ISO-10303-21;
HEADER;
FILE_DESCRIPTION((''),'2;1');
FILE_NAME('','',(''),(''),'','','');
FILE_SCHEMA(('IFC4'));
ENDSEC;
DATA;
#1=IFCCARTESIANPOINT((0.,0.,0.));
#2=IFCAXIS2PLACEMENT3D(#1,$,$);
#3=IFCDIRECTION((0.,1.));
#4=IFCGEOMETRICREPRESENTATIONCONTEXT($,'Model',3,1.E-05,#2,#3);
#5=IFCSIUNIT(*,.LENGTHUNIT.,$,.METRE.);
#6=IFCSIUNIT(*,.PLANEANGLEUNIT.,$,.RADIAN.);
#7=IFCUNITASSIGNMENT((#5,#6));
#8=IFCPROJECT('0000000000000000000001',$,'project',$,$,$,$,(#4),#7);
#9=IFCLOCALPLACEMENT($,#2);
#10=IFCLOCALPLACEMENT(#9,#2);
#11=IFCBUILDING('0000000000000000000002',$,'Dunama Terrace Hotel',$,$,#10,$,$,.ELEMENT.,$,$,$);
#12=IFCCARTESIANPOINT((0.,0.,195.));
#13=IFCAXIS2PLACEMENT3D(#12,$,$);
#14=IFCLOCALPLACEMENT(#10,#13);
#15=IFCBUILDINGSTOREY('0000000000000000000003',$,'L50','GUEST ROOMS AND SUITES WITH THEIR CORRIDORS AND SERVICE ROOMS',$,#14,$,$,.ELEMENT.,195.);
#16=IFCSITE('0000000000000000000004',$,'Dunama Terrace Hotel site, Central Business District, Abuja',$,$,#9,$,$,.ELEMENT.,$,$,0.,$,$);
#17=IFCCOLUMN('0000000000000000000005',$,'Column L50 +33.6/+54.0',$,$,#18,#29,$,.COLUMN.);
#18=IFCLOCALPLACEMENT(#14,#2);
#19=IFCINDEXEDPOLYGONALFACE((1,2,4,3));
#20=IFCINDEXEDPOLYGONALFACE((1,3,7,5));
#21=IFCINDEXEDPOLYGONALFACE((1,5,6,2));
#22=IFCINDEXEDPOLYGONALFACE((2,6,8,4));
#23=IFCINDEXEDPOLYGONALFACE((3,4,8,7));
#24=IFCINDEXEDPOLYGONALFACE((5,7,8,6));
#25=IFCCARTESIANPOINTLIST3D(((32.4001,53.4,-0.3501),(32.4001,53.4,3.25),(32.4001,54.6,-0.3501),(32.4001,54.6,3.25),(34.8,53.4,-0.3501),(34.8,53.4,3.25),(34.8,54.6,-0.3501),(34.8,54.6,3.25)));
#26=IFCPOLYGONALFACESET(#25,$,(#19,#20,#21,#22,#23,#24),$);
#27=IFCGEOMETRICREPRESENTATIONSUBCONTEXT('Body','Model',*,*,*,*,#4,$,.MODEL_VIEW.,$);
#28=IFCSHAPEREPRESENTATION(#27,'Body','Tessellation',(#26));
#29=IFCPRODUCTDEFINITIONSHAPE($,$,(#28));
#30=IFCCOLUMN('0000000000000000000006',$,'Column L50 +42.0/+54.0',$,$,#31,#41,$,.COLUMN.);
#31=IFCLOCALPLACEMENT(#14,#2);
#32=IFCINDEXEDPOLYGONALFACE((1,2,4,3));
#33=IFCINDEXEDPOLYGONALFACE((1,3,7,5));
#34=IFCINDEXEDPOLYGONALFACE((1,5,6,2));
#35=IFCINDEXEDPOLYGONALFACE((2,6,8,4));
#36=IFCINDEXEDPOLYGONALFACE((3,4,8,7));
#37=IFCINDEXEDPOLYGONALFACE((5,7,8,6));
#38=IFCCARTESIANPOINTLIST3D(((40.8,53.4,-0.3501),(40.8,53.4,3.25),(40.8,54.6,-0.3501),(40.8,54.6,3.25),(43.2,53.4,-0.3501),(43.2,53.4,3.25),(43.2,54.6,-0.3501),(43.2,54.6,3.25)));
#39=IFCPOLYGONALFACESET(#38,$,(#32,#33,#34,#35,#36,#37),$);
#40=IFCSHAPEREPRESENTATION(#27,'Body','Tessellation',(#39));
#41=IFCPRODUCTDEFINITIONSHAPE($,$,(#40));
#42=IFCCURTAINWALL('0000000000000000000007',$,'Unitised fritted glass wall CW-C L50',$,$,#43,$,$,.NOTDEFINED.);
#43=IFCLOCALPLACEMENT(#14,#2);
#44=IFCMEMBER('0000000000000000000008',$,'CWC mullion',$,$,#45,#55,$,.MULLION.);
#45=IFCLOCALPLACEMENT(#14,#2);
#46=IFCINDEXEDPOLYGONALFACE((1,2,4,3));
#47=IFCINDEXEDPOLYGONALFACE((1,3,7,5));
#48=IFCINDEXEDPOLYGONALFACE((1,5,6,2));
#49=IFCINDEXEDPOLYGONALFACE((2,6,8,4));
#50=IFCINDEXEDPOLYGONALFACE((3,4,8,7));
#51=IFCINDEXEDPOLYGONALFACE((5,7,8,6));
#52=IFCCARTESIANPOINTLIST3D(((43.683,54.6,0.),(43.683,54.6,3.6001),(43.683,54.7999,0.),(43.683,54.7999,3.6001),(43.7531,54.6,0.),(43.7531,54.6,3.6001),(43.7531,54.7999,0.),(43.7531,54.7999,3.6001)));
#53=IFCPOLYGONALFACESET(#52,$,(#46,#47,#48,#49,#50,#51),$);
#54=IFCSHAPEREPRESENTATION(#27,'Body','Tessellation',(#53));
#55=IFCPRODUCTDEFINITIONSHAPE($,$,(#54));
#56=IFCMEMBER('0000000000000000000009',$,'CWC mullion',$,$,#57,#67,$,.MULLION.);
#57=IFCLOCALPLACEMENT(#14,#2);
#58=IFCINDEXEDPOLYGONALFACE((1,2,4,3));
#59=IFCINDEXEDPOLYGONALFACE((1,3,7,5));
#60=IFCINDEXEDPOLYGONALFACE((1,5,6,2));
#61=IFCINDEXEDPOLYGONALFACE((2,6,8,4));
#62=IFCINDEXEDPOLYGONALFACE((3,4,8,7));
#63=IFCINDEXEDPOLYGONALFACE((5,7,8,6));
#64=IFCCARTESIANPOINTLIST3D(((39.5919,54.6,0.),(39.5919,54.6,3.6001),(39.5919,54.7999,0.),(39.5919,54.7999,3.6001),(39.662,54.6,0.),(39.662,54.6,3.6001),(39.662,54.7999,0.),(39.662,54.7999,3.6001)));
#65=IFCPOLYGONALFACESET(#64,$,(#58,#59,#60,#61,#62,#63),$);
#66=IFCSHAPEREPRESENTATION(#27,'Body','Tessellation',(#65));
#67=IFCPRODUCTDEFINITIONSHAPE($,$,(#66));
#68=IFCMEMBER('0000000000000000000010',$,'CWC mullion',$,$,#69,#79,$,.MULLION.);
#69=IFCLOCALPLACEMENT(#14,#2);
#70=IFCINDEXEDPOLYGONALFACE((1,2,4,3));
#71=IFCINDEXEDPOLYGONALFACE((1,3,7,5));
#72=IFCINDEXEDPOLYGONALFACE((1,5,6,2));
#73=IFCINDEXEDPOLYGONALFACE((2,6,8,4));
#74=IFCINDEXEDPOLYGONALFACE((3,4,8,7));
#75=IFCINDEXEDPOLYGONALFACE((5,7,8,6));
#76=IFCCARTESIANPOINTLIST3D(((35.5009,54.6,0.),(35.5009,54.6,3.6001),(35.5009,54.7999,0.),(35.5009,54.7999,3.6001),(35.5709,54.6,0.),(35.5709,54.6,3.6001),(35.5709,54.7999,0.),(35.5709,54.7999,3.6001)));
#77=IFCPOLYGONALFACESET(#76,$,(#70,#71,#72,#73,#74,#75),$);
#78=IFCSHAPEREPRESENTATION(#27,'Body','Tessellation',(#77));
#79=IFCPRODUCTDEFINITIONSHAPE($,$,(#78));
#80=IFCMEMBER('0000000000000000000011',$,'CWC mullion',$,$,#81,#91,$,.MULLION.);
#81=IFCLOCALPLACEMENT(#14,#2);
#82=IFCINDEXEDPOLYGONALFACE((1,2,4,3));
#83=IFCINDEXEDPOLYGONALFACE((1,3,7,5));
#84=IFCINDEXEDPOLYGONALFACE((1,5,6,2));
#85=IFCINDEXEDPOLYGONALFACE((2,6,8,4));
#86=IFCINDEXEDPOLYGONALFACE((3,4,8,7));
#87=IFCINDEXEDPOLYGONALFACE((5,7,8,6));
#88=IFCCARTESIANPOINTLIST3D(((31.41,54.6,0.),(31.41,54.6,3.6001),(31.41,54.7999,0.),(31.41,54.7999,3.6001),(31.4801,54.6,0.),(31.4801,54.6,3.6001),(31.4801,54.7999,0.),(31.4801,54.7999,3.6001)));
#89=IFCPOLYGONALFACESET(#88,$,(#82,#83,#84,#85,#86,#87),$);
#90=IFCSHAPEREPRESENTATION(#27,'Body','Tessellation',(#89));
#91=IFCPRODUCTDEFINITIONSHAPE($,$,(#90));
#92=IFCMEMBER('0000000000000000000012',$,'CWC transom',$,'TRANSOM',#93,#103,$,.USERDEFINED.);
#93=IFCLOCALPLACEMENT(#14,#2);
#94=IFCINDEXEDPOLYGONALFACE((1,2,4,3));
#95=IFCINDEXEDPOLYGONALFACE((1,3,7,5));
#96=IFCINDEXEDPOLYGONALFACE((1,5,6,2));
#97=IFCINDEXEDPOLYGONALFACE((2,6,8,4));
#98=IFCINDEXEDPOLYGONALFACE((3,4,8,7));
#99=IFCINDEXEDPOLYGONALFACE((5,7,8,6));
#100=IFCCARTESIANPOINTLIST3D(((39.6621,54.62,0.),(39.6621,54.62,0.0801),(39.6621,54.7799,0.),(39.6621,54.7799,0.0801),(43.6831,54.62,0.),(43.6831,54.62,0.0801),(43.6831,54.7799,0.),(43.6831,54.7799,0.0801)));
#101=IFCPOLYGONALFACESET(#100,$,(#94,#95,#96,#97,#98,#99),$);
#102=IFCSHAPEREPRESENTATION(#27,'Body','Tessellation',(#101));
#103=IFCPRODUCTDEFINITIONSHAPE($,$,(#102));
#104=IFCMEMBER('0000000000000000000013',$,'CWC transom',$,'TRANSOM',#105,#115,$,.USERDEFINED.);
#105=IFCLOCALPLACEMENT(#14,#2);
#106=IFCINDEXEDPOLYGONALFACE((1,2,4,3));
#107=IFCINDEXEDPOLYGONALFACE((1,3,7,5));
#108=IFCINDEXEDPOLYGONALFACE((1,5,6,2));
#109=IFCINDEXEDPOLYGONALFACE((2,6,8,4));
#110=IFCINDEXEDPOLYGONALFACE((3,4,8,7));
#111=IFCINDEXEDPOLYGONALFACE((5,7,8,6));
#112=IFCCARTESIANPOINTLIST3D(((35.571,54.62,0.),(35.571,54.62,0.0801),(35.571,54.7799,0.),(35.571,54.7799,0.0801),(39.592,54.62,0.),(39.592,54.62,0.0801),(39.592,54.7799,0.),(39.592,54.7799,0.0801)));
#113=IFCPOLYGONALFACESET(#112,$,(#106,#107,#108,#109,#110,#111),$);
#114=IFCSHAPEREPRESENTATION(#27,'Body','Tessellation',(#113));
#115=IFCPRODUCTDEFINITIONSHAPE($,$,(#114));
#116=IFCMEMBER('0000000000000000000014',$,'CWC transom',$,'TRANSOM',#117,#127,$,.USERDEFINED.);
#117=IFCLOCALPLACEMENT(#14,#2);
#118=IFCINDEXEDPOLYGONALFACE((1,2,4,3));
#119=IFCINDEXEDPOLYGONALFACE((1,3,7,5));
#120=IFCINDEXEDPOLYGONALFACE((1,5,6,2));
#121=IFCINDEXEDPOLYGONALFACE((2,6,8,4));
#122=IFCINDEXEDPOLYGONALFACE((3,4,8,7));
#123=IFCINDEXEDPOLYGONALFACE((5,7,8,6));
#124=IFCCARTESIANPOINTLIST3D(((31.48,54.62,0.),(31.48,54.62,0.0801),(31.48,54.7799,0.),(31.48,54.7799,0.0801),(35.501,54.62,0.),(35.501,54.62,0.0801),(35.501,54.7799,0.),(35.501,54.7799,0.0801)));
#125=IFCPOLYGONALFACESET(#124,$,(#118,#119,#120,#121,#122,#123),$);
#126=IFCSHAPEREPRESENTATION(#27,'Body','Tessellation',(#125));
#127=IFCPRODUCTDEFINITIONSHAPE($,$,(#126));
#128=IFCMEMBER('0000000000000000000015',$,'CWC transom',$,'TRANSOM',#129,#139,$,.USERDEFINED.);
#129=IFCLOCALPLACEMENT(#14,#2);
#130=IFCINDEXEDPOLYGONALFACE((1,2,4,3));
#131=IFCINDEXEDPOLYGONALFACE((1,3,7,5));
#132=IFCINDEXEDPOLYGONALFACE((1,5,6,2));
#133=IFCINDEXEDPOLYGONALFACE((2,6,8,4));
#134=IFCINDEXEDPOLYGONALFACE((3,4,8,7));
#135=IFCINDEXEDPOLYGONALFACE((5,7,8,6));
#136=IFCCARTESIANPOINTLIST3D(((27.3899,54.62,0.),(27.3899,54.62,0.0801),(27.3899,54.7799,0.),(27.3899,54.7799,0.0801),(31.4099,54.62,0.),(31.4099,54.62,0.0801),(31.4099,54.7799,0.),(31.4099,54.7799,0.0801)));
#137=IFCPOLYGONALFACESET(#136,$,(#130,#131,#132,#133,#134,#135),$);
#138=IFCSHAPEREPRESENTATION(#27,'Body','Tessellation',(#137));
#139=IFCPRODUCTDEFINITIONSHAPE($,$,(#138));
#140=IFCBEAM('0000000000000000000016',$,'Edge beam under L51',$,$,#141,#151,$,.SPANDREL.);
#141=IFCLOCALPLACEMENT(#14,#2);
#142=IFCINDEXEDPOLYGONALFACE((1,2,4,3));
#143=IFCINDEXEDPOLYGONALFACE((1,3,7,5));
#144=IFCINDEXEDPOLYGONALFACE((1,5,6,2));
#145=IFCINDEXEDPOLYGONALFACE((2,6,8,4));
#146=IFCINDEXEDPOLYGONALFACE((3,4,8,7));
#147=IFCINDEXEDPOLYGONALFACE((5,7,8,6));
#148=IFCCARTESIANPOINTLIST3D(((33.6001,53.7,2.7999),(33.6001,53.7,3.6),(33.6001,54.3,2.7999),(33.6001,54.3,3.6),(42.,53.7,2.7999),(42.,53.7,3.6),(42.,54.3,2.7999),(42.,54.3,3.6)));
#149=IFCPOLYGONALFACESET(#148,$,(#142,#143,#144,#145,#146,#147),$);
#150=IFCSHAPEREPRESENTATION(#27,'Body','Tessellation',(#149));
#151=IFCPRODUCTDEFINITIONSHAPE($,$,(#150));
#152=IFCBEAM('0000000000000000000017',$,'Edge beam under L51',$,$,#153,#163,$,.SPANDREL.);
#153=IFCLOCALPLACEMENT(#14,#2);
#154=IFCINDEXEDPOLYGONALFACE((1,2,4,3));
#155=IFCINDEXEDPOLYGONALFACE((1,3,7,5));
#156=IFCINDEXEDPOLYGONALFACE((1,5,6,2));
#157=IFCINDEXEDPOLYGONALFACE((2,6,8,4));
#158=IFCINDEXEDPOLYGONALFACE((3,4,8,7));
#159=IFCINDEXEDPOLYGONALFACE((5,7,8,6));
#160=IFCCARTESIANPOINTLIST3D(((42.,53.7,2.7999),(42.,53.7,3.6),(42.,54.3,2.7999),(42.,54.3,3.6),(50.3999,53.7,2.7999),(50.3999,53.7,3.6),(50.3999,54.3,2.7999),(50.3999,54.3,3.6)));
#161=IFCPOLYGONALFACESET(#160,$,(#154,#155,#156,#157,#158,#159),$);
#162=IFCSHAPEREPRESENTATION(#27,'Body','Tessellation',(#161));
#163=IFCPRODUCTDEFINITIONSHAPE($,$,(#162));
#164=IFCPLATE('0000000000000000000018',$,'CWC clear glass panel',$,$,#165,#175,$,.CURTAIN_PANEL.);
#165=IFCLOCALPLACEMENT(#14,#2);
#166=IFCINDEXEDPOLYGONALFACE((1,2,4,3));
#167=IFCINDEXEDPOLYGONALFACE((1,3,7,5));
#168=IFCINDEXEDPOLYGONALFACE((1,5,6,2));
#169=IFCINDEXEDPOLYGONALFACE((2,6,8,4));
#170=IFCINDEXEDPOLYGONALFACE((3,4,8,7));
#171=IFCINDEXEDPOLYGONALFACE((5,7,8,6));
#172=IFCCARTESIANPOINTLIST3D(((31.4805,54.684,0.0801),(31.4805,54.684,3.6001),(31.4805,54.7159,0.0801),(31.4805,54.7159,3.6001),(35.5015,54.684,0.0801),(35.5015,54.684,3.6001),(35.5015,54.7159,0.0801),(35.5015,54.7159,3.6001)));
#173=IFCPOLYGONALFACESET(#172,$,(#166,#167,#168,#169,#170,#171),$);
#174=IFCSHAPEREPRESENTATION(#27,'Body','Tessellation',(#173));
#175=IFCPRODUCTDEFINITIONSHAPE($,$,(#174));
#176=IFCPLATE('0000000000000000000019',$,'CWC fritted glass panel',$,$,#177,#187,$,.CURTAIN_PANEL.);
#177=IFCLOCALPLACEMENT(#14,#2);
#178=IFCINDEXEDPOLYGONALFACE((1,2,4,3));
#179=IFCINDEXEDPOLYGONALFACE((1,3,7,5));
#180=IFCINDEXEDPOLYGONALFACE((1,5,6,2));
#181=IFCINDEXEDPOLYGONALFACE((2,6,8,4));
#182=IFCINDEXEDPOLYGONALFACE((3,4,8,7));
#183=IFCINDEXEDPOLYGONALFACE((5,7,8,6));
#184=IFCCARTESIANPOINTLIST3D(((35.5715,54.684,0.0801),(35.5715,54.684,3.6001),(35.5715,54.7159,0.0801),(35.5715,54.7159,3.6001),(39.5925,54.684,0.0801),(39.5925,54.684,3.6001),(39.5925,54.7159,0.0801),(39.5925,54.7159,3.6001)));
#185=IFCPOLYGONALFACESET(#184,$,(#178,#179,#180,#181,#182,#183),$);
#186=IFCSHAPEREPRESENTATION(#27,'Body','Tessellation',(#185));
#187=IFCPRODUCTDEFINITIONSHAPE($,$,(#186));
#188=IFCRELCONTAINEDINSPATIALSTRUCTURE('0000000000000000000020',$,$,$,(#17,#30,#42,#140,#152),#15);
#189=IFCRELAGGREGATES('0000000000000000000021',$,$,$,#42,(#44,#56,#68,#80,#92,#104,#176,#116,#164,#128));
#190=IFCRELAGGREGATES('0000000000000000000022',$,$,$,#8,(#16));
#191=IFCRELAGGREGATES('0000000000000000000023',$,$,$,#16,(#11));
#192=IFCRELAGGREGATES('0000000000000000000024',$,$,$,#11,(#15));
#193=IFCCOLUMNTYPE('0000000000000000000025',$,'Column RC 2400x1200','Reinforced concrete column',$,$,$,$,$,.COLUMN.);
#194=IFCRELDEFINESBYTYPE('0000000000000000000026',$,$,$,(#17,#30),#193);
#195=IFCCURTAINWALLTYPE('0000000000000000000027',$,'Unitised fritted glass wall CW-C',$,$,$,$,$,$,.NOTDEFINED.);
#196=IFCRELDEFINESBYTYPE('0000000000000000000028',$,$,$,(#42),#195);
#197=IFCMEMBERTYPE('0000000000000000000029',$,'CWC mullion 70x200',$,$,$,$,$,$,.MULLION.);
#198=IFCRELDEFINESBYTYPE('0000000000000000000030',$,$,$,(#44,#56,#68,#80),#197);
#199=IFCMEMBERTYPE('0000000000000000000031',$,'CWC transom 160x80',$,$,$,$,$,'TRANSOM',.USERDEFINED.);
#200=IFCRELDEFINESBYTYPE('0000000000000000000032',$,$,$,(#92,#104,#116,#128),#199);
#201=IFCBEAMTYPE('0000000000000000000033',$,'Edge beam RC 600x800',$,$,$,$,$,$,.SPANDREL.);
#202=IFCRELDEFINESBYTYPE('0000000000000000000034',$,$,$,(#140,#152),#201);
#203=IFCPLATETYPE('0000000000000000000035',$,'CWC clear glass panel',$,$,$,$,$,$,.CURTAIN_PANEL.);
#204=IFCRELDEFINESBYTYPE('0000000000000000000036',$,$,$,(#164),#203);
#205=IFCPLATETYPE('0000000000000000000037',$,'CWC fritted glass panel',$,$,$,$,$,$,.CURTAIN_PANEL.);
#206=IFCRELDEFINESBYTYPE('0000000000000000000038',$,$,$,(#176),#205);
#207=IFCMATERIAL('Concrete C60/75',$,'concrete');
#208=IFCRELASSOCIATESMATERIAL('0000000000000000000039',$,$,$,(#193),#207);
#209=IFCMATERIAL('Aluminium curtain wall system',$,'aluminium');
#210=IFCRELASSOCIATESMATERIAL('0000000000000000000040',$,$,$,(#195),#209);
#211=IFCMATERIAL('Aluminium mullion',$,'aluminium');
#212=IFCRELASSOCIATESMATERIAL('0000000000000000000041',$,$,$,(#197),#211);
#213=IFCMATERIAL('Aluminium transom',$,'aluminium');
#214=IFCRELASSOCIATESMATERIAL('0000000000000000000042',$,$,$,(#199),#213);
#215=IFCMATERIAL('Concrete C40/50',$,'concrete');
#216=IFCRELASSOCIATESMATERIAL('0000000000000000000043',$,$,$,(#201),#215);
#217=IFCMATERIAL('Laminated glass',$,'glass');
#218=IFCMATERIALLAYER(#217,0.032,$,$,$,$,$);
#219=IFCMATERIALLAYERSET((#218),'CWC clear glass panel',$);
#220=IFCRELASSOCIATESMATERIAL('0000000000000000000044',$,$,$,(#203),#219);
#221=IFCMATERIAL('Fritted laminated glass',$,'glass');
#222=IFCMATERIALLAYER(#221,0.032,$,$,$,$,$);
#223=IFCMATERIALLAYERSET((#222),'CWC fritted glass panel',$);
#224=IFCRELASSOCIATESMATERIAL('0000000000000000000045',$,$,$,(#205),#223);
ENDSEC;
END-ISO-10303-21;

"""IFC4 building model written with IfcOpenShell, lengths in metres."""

from ifc_helpers import new_model, si_unit, direction, frame, origin, origin_2d, place, context, subcontext, project, spatial, rectangle, extrude, material, layer, layer_set, material_profile, profile_set, type_object, element, aggregate, save


model = new_model("IFC4")

# Units and contexts
model_context = context("Model", 3, precision=1e-05, world=origin(), true_north=direction((0.0, 1.0)))
body_context = subcontext(model_context, "Body", "Model", "MODEL_VIEW")
ifc_project = project(units=[si_unit("LENGTHUNIT", "METRE"), si_unit("PLANEANGLEUNIT", "RADIAN")], contexts=[model_context])

# Site, building, storey
site_placement = place(None, origin())
site = spatial("IfcSite", under=ifc_project, at=site_placement, Name="Dunama Terrace Hotel site, Central Business District, Abuja", CompositionType="ELEMENT", RefElevation=0.0)
building_placement = place(site_placement, origin())
building = spatial("IfcBuilding", under=site, at=building_placement, Name="Dunama Terrace Hotel", CompositionType="ELEMENT")
storey_placement = place(building_placement, frame((0.0, 0.0, 195.0)))
storey = spatial("IfcBuildingStorey", under=building, at=storey_placement, Name="L50", Description="GUEST ROOMS AND SUITES WITH THEIR CORRIDORS AND SERVICE ROOMS", CompositionType="ELEMENT", Elevation=195.0)

# Columns
ifc_material_1 = material(Name="Concrete C60/75", Category="concrete")
ifc_material_profile_1 = material_profile(ifc_material_1, rectangle(XDim=2.3999, YDim=1.2, at=origin_2d()), Name="RC 2400x1200")
ifc_profile_set_1 = profile_set([ifc_material_profile_1], Name="Concrete C60/75")
column_type = type_object("IfcColumnType", Name="Column RC 2400x1200", Description="Reinforced concrete column", PredefinedType="COLUMN", material=ifc_profile_set_1)
for number, where, z_axis, x_axis, name in (
    (1, (33.6001, 54.0, -0.3501), (0.0, 0.0, 1.0), (1.0, 0.0, 0.0), "Column L50 +33.6/+54.0"),
    (2, (42.0, 54.0, -0.3501), (0.0, 0.0, 1.0), (1.0, 0.0, 0.0), "Column L50 +42.0/+54.0"),
):
    element("IfcColumn", number, at=place(storey_placement, frame(where, z_axis=z_axis, x_axis=x_axis)), inside=storey, type_object=column_type, Name=name, PredefinedType="COLUMN", context=body_context, shape_type="SweptSolid", body=[
        extrude(rectangle(XDim=2.3999, YDim=1.2, at=origin_2d()), origin(), (0.0, 0.0, 1.0), 3.6001),
    ])

# Curtain wall, members
ifc_material_2 = material(Name="Aluminium curtain wall system", Category="aluminium")
curtain_wall_type = type_object("IfcCurtainWallType", Name="Unitised fritted glass wall CW-C", PredefinedType="NOTDEFINED", material=ifc_material_2)
curtain_wall_placement = place(storey_placement, origin())
curtain_wall = element("IfcCurtainWall", 3, at=curtain_wall_placement, inside=storey, type_object=curtain_wall_type, Name="Unitised fritted glass wall CW-C L50", PredefinedType="NOTDEFINED")
ifc_material_3 = material(Name="Aluminium mullion", Category="aluminium")
ifc_material_profile_2 = material_profile(ifc_material_3, rectangle(XDim=0.0701, YDim=0.2, at=origin_2d()), Name="CWC MULLION 70X200")
ifc_profile_set_2 = profile_set([ifc_material_profile_2], Name="Aluminium mullion")
member_type_1 = type_object("IfcMemberType", Name="CWC mullion 70x200", PredefinedType="MULLION", material=ifc_profile_set_2)
member_1_placement = place(storey_placement, frame((43.718, 54.7, 0.0), z_axis=(0.0, 0.0, 1.0), x_axis=(-1.0, 0.0, 0.0)))
member_1 = element("IfcMember", 4, at=member_1_placement, type_object=member_type_1, Name="CWC mullion", PredefinedType="MULLION", context=body_context, shape_type="SweptSolid", body=[
    extrude(rectangle(XDim=0.0701, YDim=0.2, at=origin_2d()), origin(), (0.0, 0.0, 1.0), 3.6001),
])
member_2_placement = place(storey_placement, frame((39.627, 54.7, 0.0), z_axis=(0.0, 0.0, 1.0), x_axis=(-1.0, 0.0, 0.0)))
member_2 = element("IfcMember", 5, at=member_2_placement, type_object=member_type_1, Name="CWC mullion", PredefinedType="MULLION", context=body_context, shape_type="SweptSolid", body=[
    extrude(rectangle(XDim=0.0701, YDim=0.2, at=origin_2d()), origin(), (0.0, 0.0, 1.0), 3.6001),
])
member_3_placement = place(storey_placement, frame((35.5359, 54.7, 0.0), z_axis=(0.0, 0.0, 1.0), x_axis=(-1.0, 0.0, 0.0)))
member_3 = element("IfcMember", 6, at=member_3_placement, type_object=member_type_1, Name="CWC mullion", PredefinedType="MULLION", context=body_context, shape_type="SweptSolid", body=[
    extrude(rectangle(XDim=0.0701, YDim=0.2, at=origin_2d()), origin(), (0.0, 0.0, 1.0), 3.6001),
])
member_4_placement = place(storey_placement, frame((31.4451, 54.7, 0.0), z_axis=(0.0, 0.0, 1.0), x_axis=(-1.0, 0.0, 0.0)))
member_4 = element("IfcMember", 7, at=member_4_placement, type_object=member_type_1, Name="CWC mullion", PredefinedType="MULLION", context=body_context, shape_type="SweptSolid", body=[
    extrude(rectangle(XDim=0.0701, YDim=0.2, at=origin_2d()), origin(), (0.0, 0.0, 1.0), 3.6001),
])
ifc_material_4 = material(Name="Aluminium transom", Category="aluminium")
ifc_material_profile_3 = material_profile(ifc_material_4, rectangle(XDim=0.1599, YDim=0.0801, at=origin_2d()), Name="CWC TRANSOM 160X80")
ifc_profile_set_3 = profile_set([ifc_material_profile_3], Name="Aluminium transom")
member_type_2 = type_object("IfcMemberType", Name="CWC transom 160x80", ElementType="TRANSOM", PredefinedType="USERDEFINED", material=ifc_profile_set_3)
member_5_placement = place(storey_placement, frame((43.6831, 54.7, 0.04), z_axis=(-1.0, 0.0, 0.0), x_axis=(0.0, -1.0, 0.0)))
member_5 = element("IfcMember", 8, at=member_5_placement, type_object=member_type_2, Name="CWC transom", ObjectType="TRANSOM", PredefinedType="USERDEFINED", context=body_context, shape_type="SweptSolid", body=[
    extrude(rectangle(XDim=0.1599, YDim=0.0801, at=origin_2d()), origin(), (0.0, 0.0, 1.0), 4.021),
])
member_6_placement = place(storey_placement, frame((39.592, 54.7, 0.04), z_axis=(-1.0, 0.0, 0.0), x_axis=(0.0, -1.0, 0.0)))
member_6 = element("IfcMember", 9, at=member_6_placement, type_object=member_type_2, Name="CWC transom", ObjectType="TRANSOM", PredefinedType="USERDEFINED", context=body_context, shape_type="SweptSolid", body=[
    extrude(rectangle(XDim=0.1599, YDim=0.0801, at=origin_2d()), origin(), (0.0, 0.0, 1.0), 4.021),
])
member_7_placement = place(storey_placement, frame((35.501, 54.7, 0.04), z_axis=(-1.0, 0.0, 0.0), x_axis=(0.0, -1.0, 0.0)))
member_7 = element("IfcMember", 10, at=member_7_placement, type_object=member_type_2, Name="CWC transom", ObjectType="TRANSOM", PredefinedType="USERDEFINED", context=body_context, shape_type="SweptSolid", body=[
    extrude(rectangle(XDim=0.1599, YDim=0.0801, at=origin_2d()), origin(), (0.0, 0.0, 1.0), 4.021),
])
member_8_placement = place(storey_placement, frame((31.4099, 54.7, 0.04), z_axis=(-1.0, 0.0, 0.0), x_axis=(0.0, -1.0, 0.0)))
member_8 = element("IfcMember", 11, at=member_8_placement, type_object=member_type_2, Name="CWC transom", ObjectType="TRANSOM", PredefinedType="USERDEFINED", context=body_context, shape_type="SweptSolid", body=[
    extrude(rectangle(XDim=0.1599, YDim=0.0801, at=origin_2d()), origin(), (0.0, 0.0, 1.0), 4.02),
])

# Beams
ifc_material_5 = material(Name="Concrete C40/50", Category="concrete")
ifc_material_profile_4 = material_profile(ifc_material_5, rectangle(XDim=0.6001, YDim=0.8, at=origin_2d()), Name="RC 600x800")
ifc_profile_set_4 = profile_set([ifc_material_profile_4], Name="Concrete C40/50")
beam_type = type_object("IfcBeamType", Name="Edge beam RC 600x800", PredefinedType="SPANDREL", material=ifc_profile_set_4)
for number, where, z_axis, x_axis, name in (
    (12, (33.6001, 54.0, 3.2), (1.0, 0.0, 0.0), (0.0, 1.0, 0.0), "Edge beam under L51"),
    (13, (42.0, 54.0, 3.2), (1.0, 0.0, 0.0), (0.0, 1.0, 0.0), "Edge beam under L51"),
):
    element("IfcBeam", number, at=place(storey_placement, frame(where, z_axis=z_axis, x_axis=x_axis)), inside=storey, type_object=beam_type, Name=name, PredefinedType="SPANDREL", context=body_context, shape_type="SweptSolid", body=[
        extrude(rectangle(XDim=0.6001, YDim=0.8, at=origin_2d()), origin(), (0.0, 0.0, 1.0), 8.3999),
    ])

# Plates
ifc_material_6 = material(Name="Laminated glass", Category="glass")
ifc_layer_1 = layer(ifc_material_6, 0.032)
ifc_layer_set_1 = layer_set([ifc_layer_1], Name="CWC clear glass panel")
plate_type_1 = type_object("IfcPlateType", Name="CWC clear glass panel", PredefinedType="CURTAIN_PANEL", material=ifc_layer_set_1)
plate_1_placement = place(storey_placement, frame((33.491, 54.7, 0.0801), z_axis=(0.0, 0.0, 1.0), x_axis=(-1.0, 0.0, 0.0)))
plate_1 = element("IfcPlate", 14, at=plate_1_placement, type_object=plate_type_1, Name="CWC clear glass panel", PredefinedType="CURTAIN_PANEL", context=body_context, shape_type="SweptSolid", body=[
    extrude(rectangle(XDim=4.021, YDim=0.032, at=origin_2d()), origin(), (0.0, 0.0, 1.0), 3.52),
])
ifc_material_7 = material(Name="Fritted laminated glass", Category="glass")
ifc_layer_2 = layer(ifc_material_7, 0.032)
ifc_layer_set_2 = layer_set([ifc_layer_2], Name="CWC fritted glass panel")
plate_type_2 = type_object("IfcPlateType", Name="CWC fritted glass panel", PredefinedType="CURTAIN_PANEL", material=ifc_layer_set_2)
plate_2_placement = place(storey_placement, frame((37.582, 54.7, 0.0801), z_axis=(0.0, 0.0, 1.0), x_axis=(-1.0, 0.0, 0.0)))
plate_2 = element("IfcPlate", 15, at=plate_2_placement, type_object=plate_type_2, Name="CWC fritted glass panel", PredefinedType="CURTAIN_PANEL", context=body_context, shape_type="SweptSolid", body=[
    extrude(rectangle(XDim=4.021, YDim=0.032, at=origin_2d()), origin(), (0.0, 0.0, 1.0), 3.52),
])
aggregate(curtain_wall, [member_1, member_2, member_3, member_4, member_5, member_6, plate_2, member_7, plate_1, member_8])

save(model, "model.ifc")
